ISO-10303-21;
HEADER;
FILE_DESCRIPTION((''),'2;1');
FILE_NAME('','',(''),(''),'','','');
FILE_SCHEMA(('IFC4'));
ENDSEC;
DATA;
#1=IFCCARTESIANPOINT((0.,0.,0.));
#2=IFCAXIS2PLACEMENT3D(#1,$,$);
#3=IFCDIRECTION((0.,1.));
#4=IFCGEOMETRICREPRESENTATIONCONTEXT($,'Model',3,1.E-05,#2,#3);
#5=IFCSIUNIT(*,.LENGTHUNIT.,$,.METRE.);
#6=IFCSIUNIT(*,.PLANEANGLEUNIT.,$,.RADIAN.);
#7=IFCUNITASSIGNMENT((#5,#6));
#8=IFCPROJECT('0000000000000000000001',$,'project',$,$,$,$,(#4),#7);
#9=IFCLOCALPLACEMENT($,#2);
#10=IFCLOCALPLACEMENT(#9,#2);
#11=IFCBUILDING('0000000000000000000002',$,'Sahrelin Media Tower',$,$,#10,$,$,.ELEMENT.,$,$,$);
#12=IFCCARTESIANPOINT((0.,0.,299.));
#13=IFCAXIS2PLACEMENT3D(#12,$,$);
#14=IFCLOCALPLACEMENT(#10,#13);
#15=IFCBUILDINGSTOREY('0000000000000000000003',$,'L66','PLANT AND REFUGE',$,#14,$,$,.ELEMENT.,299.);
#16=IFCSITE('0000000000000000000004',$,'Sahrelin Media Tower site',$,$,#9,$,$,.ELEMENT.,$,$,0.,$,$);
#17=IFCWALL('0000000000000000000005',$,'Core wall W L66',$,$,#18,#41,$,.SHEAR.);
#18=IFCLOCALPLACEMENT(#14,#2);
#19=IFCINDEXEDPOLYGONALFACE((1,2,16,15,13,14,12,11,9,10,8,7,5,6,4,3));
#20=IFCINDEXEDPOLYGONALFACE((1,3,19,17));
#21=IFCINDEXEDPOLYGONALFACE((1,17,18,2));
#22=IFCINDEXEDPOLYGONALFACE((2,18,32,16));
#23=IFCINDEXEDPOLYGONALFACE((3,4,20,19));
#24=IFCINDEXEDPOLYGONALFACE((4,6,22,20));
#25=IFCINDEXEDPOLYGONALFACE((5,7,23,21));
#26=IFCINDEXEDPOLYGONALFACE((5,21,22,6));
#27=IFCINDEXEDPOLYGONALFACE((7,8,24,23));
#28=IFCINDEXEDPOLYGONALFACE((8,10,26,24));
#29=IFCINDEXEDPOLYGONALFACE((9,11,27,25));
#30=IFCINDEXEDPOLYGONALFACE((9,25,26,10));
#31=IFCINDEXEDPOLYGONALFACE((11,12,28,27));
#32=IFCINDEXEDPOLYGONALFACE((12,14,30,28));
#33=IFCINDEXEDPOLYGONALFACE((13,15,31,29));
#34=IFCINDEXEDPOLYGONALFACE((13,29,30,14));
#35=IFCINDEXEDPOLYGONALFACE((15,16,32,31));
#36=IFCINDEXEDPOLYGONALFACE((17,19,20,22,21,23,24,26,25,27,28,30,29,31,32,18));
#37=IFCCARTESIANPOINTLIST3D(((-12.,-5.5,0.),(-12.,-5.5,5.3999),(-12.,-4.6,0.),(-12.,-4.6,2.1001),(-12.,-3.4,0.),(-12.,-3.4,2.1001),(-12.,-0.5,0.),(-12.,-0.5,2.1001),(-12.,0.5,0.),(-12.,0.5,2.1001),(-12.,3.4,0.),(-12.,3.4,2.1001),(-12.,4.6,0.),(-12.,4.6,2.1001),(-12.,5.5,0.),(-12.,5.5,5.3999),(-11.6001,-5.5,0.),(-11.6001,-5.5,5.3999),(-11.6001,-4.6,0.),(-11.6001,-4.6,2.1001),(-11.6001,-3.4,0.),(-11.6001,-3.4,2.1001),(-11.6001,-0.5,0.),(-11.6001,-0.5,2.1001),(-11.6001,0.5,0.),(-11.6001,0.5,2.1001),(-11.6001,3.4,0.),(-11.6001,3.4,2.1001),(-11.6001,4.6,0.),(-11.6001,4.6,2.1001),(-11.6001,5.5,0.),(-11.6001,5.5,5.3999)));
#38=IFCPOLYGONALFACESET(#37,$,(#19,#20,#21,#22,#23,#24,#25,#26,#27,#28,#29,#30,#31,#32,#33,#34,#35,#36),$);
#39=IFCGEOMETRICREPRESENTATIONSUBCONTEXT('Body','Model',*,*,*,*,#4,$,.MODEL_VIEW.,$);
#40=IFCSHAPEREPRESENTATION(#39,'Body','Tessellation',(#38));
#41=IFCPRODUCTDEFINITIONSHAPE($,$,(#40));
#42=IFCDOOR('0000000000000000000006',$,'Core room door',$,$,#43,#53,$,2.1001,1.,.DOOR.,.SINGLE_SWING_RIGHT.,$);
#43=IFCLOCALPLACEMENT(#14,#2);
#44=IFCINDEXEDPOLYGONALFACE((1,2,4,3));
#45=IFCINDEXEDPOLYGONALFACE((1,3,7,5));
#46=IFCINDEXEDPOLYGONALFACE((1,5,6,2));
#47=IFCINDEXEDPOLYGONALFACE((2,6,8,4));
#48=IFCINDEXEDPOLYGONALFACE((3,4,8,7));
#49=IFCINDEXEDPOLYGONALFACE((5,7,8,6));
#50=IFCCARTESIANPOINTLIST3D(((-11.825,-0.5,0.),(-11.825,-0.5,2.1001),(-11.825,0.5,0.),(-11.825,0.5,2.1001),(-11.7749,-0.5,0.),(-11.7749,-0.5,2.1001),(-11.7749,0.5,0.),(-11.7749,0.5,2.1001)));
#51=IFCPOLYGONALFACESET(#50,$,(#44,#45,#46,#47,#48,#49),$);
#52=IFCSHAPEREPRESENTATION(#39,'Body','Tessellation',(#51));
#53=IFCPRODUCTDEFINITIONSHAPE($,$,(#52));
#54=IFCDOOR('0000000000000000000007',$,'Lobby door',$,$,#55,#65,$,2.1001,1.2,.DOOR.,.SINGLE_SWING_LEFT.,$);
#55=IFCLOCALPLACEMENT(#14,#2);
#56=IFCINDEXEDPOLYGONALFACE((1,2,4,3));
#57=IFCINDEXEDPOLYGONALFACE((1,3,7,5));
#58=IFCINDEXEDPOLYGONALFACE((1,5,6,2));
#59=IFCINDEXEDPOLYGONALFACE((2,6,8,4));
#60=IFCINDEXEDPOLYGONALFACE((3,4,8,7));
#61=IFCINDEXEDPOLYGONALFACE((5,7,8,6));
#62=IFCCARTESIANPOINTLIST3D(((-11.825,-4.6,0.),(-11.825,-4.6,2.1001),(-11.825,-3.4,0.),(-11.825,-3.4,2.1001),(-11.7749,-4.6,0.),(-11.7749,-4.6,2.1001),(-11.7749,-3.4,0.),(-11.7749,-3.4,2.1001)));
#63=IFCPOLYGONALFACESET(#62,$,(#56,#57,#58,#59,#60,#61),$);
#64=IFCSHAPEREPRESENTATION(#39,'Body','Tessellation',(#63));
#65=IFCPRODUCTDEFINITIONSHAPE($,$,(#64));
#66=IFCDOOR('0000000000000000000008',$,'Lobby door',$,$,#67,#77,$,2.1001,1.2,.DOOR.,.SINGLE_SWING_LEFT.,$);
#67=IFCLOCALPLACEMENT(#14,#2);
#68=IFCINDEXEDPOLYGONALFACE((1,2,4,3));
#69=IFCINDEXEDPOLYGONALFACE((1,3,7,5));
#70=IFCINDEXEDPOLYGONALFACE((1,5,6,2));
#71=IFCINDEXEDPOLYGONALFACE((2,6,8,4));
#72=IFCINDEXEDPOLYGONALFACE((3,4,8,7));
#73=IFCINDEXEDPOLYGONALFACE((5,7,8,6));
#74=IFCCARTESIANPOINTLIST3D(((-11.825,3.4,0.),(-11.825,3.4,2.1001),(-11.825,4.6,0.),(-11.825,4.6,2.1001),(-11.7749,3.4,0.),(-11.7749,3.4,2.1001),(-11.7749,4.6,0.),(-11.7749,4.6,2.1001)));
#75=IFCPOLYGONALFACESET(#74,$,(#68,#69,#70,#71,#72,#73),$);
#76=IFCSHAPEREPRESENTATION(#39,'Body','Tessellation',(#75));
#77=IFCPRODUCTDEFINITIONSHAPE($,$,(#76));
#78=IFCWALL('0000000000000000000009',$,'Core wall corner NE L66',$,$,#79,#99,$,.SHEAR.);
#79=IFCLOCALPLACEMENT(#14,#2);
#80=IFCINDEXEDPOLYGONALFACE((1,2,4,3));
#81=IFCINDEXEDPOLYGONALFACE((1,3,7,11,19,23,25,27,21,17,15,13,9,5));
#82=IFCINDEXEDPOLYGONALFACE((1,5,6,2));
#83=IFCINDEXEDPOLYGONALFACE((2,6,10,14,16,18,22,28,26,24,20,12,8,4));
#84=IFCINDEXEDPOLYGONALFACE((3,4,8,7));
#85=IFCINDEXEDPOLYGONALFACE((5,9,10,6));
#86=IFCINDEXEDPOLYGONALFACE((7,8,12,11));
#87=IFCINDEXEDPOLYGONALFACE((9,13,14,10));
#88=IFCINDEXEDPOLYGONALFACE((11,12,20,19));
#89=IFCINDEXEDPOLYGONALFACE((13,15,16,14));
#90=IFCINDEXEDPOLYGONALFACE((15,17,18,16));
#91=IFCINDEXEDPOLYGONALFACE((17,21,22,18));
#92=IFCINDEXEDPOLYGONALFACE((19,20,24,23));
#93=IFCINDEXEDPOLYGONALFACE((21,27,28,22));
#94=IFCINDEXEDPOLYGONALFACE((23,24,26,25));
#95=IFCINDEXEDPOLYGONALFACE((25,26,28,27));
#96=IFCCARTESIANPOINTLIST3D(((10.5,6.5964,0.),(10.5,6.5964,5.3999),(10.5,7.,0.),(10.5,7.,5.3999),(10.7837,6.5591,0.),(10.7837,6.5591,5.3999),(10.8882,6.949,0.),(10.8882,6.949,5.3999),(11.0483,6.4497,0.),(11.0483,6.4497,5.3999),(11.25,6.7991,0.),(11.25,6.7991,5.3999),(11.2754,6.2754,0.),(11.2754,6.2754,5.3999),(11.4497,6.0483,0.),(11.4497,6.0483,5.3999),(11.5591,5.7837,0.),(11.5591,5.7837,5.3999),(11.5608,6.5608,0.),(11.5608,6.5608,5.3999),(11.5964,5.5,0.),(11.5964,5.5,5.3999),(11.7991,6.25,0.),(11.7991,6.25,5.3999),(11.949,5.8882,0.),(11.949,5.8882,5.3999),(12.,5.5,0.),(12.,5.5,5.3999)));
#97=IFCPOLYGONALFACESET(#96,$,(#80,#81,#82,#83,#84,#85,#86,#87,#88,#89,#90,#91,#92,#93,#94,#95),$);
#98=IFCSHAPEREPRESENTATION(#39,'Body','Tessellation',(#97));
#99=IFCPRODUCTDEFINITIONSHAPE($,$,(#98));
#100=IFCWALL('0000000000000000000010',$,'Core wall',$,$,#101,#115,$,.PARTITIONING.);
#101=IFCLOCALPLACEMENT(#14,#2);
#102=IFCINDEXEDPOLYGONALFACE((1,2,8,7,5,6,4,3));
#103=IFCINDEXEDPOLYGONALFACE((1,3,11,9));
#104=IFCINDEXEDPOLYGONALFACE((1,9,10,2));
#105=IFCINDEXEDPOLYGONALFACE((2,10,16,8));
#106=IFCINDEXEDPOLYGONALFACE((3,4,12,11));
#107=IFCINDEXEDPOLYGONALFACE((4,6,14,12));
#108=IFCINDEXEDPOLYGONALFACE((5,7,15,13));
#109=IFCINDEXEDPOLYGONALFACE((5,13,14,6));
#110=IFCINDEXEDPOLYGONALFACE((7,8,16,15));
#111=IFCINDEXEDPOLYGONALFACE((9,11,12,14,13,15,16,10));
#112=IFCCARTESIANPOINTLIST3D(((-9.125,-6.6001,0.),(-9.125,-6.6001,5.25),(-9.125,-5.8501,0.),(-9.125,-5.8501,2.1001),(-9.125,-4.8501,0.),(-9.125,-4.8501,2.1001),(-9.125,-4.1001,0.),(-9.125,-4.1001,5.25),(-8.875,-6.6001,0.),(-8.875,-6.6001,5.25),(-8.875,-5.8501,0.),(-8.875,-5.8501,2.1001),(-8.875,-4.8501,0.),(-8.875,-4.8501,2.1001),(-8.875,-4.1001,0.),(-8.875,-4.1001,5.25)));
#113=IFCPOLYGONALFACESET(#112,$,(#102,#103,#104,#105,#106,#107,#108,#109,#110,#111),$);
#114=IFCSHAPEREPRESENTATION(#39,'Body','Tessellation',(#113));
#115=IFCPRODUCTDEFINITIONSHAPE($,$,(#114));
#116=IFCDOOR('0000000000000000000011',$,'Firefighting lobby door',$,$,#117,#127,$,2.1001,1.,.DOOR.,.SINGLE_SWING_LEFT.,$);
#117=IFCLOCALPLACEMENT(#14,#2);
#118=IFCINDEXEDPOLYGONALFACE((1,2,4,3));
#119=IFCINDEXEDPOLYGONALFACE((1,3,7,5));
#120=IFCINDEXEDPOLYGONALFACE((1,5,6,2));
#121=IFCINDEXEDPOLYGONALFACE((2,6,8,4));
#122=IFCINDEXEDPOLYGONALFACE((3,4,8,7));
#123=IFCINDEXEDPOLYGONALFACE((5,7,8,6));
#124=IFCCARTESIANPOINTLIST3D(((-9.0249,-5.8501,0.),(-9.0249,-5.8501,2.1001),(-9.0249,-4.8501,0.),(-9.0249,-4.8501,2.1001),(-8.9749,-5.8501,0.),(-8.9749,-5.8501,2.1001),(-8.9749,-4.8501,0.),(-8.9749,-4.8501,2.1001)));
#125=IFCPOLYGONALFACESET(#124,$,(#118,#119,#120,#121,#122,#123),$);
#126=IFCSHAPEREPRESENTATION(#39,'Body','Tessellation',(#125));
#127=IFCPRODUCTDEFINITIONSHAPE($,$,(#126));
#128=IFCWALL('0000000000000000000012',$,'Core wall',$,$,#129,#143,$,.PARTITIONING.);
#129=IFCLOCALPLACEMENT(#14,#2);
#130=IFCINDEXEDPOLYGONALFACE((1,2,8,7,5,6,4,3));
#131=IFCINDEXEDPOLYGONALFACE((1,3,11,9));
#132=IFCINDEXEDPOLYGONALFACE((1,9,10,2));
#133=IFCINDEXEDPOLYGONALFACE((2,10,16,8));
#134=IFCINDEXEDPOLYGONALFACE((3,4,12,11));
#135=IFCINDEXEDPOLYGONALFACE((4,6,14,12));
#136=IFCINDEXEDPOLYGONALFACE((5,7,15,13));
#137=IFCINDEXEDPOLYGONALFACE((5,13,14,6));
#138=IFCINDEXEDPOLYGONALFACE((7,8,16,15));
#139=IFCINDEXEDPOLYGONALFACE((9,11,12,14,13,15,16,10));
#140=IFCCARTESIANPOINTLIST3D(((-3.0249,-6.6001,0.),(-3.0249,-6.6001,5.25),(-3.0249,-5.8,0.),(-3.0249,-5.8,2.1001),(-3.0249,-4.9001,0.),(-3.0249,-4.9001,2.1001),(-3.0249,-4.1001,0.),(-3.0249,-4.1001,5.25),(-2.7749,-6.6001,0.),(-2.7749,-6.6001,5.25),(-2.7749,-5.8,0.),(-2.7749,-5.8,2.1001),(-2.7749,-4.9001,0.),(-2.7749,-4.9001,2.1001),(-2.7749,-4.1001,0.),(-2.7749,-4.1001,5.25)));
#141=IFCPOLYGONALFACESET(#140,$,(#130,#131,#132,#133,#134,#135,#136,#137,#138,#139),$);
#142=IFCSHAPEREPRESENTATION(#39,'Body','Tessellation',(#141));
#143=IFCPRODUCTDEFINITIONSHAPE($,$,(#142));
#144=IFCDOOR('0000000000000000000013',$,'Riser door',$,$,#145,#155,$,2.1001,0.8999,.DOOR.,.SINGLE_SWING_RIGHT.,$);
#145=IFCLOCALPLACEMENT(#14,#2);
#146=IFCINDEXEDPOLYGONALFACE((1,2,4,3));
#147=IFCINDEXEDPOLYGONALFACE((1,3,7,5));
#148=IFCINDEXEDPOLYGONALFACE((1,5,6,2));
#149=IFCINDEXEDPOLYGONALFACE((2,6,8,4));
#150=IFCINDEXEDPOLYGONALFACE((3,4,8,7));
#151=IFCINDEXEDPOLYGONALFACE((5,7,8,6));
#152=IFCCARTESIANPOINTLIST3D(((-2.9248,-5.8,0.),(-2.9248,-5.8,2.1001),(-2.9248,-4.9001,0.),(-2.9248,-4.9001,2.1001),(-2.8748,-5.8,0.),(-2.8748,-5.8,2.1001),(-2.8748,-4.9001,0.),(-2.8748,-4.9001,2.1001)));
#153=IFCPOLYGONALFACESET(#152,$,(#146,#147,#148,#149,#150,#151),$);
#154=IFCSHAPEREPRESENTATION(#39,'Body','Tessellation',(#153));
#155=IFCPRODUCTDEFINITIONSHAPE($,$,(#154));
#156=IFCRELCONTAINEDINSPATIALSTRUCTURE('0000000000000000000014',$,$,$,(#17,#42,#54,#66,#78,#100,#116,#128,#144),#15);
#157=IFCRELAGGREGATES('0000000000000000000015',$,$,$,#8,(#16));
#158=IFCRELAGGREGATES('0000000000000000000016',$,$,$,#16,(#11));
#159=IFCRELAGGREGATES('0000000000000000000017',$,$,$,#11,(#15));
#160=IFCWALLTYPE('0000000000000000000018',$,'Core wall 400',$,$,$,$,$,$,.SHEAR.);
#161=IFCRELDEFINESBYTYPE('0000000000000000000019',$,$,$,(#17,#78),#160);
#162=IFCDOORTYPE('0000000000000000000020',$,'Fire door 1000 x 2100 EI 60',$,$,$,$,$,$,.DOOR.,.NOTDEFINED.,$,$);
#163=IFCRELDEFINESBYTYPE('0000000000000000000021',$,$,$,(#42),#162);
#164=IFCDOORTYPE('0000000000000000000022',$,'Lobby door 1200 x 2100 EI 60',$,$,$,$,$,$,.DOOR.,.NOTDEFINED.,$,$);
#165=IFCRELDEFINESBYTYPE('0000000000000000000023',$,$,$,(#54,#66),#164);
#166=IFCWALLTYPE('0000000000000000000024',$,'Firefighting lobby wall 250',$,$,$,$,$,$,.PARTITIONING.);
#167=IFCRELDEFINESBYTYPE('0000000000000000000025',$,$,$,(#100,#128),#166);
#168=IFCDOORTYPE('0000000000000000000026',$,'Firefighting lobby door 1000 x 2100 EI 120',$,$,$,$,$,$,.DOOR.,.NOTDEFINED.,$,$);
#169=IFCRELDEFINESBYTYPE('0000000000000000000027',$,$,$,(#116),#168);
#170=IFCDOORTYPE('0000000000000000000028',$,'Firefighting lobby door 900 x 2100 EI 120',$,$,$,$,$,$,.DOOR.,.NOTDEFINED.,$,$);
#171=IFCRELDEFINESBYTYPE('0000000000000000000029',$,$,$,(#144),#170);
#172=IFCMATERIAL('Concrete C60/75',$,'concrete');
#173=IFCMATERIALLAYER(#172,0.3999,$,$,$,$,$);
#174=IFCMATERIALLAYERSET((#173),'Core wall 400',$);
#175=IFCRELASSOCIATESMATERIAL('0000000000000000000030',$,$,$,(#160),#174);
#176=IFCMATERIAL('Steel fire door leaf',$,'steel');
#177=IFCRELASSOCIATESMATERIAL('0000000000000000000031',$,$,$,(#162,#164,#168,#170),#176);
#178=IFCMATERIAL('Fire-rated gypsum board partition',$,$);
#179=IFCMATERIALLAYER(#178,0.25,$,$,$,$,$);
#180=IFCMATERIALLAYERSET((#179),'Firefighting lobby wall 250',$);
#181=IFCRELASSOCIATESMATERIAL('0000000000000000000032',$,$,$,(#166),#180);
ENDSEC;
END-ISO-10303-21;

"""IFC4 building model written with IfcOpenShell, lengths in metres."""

from ifc_helpers import new_model, si_unit, direction, frame, frame_2d, origin, place, context, subcontext, project, spatial, polyline, rectangle, outline, extrude, material, layer, layer_set, type_object, element, fill, save


model = new_model("IFC4")

# Units and contexts
model_context = context("Model", 3, precision=1e-05, world=origin(), true_north=direction((0.0, 1.0)))
body_context = subcontext(model_context, "Body", "Model", "MODEL_VIEW")
ifc_project = project(units=[si_unit("LENGTHUNIT", "METRE"), si_unit("PLANEANGLEUNIT", "RADIAN")], contexts=[model_context])

# Site, building, storey
site_placement = place(None, origin())
site = spatial("IfcSite", under=ifc_project, at=site_placement, Name="Sahrelin Media Tower site", CompositionType="ELEMENT", RefElevation=0.0)
building_placement = place(site_placement, origin())
building = spatial("IfcBuilding", under=site, at=building_placement, Name="Sahrelin Media Tower", CompositionType="ELEMENT")
storey_placement = place(building_placement, frame((0.0, 0.0, 299.0)))
storey = spatial("IfcBuildingStorey", under=building, at=storey_placement, Name="L66", Description="PLANT AND REFUGE", CompositionType="ELEMENT", Elevation=299.0)

# Wall, openings, doors
ifc_material_1 = material(Name="Concrete C60/75", Category="concrete")
ifc_layer_1 = layer(ifc_material_1, 0.3999)
ifc_layer_set_1 = layer_set([ifc_layer_1], Name="Core wall 400")
wall_type_1 = type_object("IfcWallType", Name="Core wall 400", PredefinedType="SHEAR", material=ifc_layer_set_1)
wall_1_placement = place(storey_placement, frame((-11.8, -5.5, 0.0), z_axis=(0.0, 0.0, 1.0), x_axis=(0.0, 1.0, 0.0)))
wall_1 = element("IfcWall", 1, at=wall_1_placement, inside=storey, type_object=wall_type_1, Name="Core wall W L66", PredefinedType="SHEAR", context=body_context, shape_type="SweptSolid", body=[
    extrude(rectangle(XDim=11.0, YDim=0.3999, at=frame_2d((5.5, 0.0))), origin(), (0.0, 0.0, 1.0), 5.3999),
])
opening_1_placement = place(wall_1_placement, frame((5.0, 0.0, 0.0)))
opening_1 = element("IfcOpeningElement", 2, at=opening_1_placement, cuts=wall_1, PredefinedType="OPENING", context=body_context, shape_type="SweptSolid", body=[
    extrude(rectangle(XDim=1.0, YDim=2.1001, at=frame_2d((0.5, 1.05))), frame((0.0, 0.2, 0.0), z_axis=(0.0, -1.0, 0.0), x_axis=(1.0, 0.0, 0.0)), (0.0, 0.0, 1.0), 0.3999),
])
opening_2_placement = place(wall_1_placement, frame((0.8999, 0.0, 0.0)))
opening_2 = element("IfcOpeningElement", 3, at=opening_2_placement, cuts=wall_1, PredefinedType="OPENING", context=body_context, shape_type="SweptSolid", body=[
    extrude(rectangle(XDim=1.2, YDim=2.1001, at=frame_2d((0.6001, 1.05))), frame((0.0, 0.2, 0.0), z_axis=(0.0, -1.0, 0.0), x_axis=(1.0, 0.0, 0.0)), (0.0, 0.0, 1.0), 0.3999),
])
opening_3_placement = place(wall_1_placement, frame((8.8999, 0.0, 0.0)))
opening_3 = element("IfcOpeningElement", 4, at=opening_3_placement, cuts=wall_1, PredefinedType="OPENING", context=body_context, shape_type="SweptSolid", body=[
    extrude(rectangle(XDim=1.2, YDim=2.1001, at=frame_2d((0.6001, 1.05))), frame((0.0, 0.2, 0.0), z_axis=(0.0, -1.0, 0.0), x_axis=(1.0, 0.0, 0.0)), (0.0, 0.0, 1.0), 0.3999),
])
ifc_material_2 = material(Name="Steel fire door leaf", Category="steel")
door_type_1 = type_object("IfcDoorType", Name="Fire door 1000 x 2100 EI 60", OperationType="NOTDEFINED", PredefinedType="DOOR", material=ifc_material_2)
door_1_placement = place(opening_1_placement, origin())
door_1 = element("IfcDoor", 5, at=door_1_placement, inside=storey, type_object=door_type_1, Name="Core room door", OperationType="SINGLE_SWING_RIGHT", OverallHeight=2.1001, OverallWidth=1.0, PredefinedType="DOOR", context=body_context, shape_type="SweptSolid", body=[
    extrude(rectangle(XDim=1.0, YDim=2.1001, at=frame_2d((0.5, 1.05))), frame((0.0, 0.0249, 0.0), z_axis=(0.0, -1.0, 0.0), x_axis=(1.0, 0.0, 0.0)), (0.0, 0.0, 1.0), 0.05),
])
fill(opening_1, door_1)
door_type_2 = type_object("IfcDoorType", Name="Lobby door 1200 x 2100 EI 60", OperationType="NOTDEFINED", PredefinedType="DOOR", material=ifc_material_2)
door_2_placement = place(opening_2_placement, origin())
door_2 = element("IfcDoor", 6, at=door_2_placement, inside=storey, type_object=door_type_2, Name="Lobby door", OperationType="SINGLE_SWING_LEFT", OverallHeight=2.1001, OverallWidth=1.2, PredefinedType="DOOR", context=body_context, shape_type="SweptSolid", body=[
    extrude(rectangle(XDim=1.2, YDim=2.1001, at=frame_2d((0.6001, 1.05))), frame((0.0, 0.0249, 0.0), z_axis=(0.0, -1.0, 0.0), x_axis=(1.0, 0.0, 0.0)), (0.0, 0.0, 1.0), 0.05),
])
fill(opening_2, door_2)
door_3_placement = place(opening_3_placement, origin())
door_3 = element("IfcDoor", 7, at=door_3_placement, inside=storey, type_object=door_type_2, Name="Lobby door", OperationType="SINGLE_SWING_LEFT", OverallHeight=2.1001, OverallWidth=1.2, PredefinedType="DOOR", context=body_context, shape_type="SweptSolid", body=[
    extrude(rectangle(XDim=1.2, YDim=2.1001, at=frame_2d((0.6001, 1.05))), frame((0.0, 0.0249, 0.0), z_axis=(0.0, -1.0, 0.0), x_axis=(1.0, 0.0, 0.0)), (0.0, 0.0, 1.0), 0.05),
])
fill(opening_3, door_3)

# Wall
wall_2_placement = place(storey_placement, origin())
element("IfcWall", 8, at=wall_2_placement, inside=storey, type_object=wall_type_1, Name="Core wall corner NE L66", PredefinedType="SHEAR", context=body_context, shape_type="SweptSolid", body=[
    extrude(outline(polyline([(10.5, 7.0), (10.5, 6.5964), (10.7837, 6.5591), (11.0483, 6.4497), (11.2754, 6.2754), (11.4497, 6.0483), (11.5591, 5.7837), (11.5964, 5.5), (12.0, 5.5), (11.949, 5.8882), (11.7991, 6.25), (11.5608, 6.5608), (11.25, 6.7991), (10.8882, 6.949), (10.5, 7.0)])), origin(), (0.0, 0.0, 1.0), 5.3999),
])

# Walls, openings, doors
ifc_material_3 = material(Name="Fire-rated gypsum board partition")
ifc_layer_2 = layer(ifc_material_3, 0.25)
ifc_layer_set_2 = layer_set([ifc_layer_2], Name="Firefighting lobby wall 250")
wall_type_2 = type_object("IfcWallType", Name="Firefighting lobby wall 250", PredefinedType="PARTITIONING", material=ifc_layer_set_2)
wall_3_placement = place(storey_placement, frame((-9.0, -6.6001, 0.0), z_axis=(0.0, 0.0, 1.0), x_axis=(0.0, 1.0, 0.0)))
wall_3 = element("IfcWall", 9, at=wall_3_placement, inside=storey, type_object=wall_type_2, Name="Core wall", PredefinedType="PARTITIONING", context=body_context, shape_type="SweptSolid", body=[
    extrude(rectangle(XDim=2.5, YDim=0.25, at=frame_2d((1.25, 0.0))), origin(), (0.0, 0.0, 1.0), 5.25),
])
opening_4_placement = place(wall_3_placement, frame((0.75, 0.0, 0.0)))
opening_4 = element("IfcOpeningElement", 10, at=opening_4_placement, cuts=wall_3, PredefinedType="OPENING", context=body_context, shape_type="SweptSolid", body=[
    extrude(rectangle(XDim=1.0, YDim=2.1001, at=frame_2d((0.5, 1.05))), frame((0.0, 0.125, 0.0), z_axis=(0.0, -1.0, 0.0), x_axis=(1.0, 0.0, 0.0)), (0.0, 0.0, 1.0), 0.25),
])
door_type_3 = type_object("IfcDoorType", Name="Firefighting lobby door 1000 x 2100 EI 120", OperationType="NOTDEFINED", PredefinedType="DOOR", material=ifc_material_2)
door_4_placement = place(opening_4_placement, origin())
door_4 = element("IfcDoor", 11, at=door_4_placement, inside=storey, type_object=door_type_3, Name="Firefighting lobby door", OperationType="SINGLE_SWING_LEFT", OverallHeight=2.1001, OverallWidth=1.0, PredefinedType="DOOR", context=body_context, shape_type="SweptSolid", body=[
    extrude(rectangle(XDim=1.0, YDim=2.1001, at=frame_2d((0.5, 1.05))), frame((0.0, 0.0249, 0.0), z_axis=(0.0, -1.0, 0.0), x_axis=(1.0, 0.0, 0.0)), (0.0, 0.0, 1.0), 0.05),
])
fill(opening_4, door_4)
wall_4_placement = place(storey_placement, frame((-2.8999, -6.6001, 0.0), z_axis=(0.0, 0.0, 1.0), x_axis=(0.0, 1.0, 0.0)))
wall_4 = element("IfcWall", 12, at=wall_4_placement, inside=storey, type_object=wall_type_2, Name="Core wall", PredefinedType="PARTITIONING", context=body_context, shape_type="SweptSolid", body=[
    extrude(rectangle(XDim=2.5, YDim=0.25, at=frame_2d((1.25, 0.0))), origin(), (0.0, 0.0, 1.0), 5.25),
])
opening_5_placement = place(wall_4_placement, frame((0.8, 0.0, 0.0)))
opening_5 = element("IfcOpeningElement", 13, at=opening_5_placement, cuts=wall_4, PredefinedType="OPENING", context=body_context, shape_type="SweptSolid", body=[
    extrude(rectangle(XDim=0.8999, YDim=2.1001, at=frame_2d((0.45, 1.05))), frame((0.0, 0.125, 0.0), z_axis=(0.0, -1.0, 0.0), x_axis=(1.0, 0.0, 0.0)), (0.0, 0.0, 1.0), 0.25),
])
door_type_4 = type_object("IfcDoorType", Name="Firefighting lobby door 900 x 2100 EI 120", OperationType="NOTDEFINED", PredefinedType="DOOR", material=ifc_material_2)
door_5_placement = place(opening_5_placement, origin())
door_5 = element("IfcDoor", 14, at=door_5_placement, inside=storey, type_object=door_type_4, Name="Riser door", OperationType="SINGLE_SWING_RIGHT", OverallHeight=2.1001, OverallWidth=0.8999, PredefinedType="DOOR", context=body_context, shape_type="SweptSolid", body=[
    extrude(rectangle(XDim=0.8999, YDim=2.1001, at=frame_2d((0.45, 1.05))), frame((0.0, 0.0249, 0.0), z_axis=(0.0, -1.0, 0.0), x_axis=(1.0, 0.0, 0.0)), (0.0, 0.0, 1.0), 0.05),
])
fill(opening_5, door_5)

save(model, "model.ifc")
